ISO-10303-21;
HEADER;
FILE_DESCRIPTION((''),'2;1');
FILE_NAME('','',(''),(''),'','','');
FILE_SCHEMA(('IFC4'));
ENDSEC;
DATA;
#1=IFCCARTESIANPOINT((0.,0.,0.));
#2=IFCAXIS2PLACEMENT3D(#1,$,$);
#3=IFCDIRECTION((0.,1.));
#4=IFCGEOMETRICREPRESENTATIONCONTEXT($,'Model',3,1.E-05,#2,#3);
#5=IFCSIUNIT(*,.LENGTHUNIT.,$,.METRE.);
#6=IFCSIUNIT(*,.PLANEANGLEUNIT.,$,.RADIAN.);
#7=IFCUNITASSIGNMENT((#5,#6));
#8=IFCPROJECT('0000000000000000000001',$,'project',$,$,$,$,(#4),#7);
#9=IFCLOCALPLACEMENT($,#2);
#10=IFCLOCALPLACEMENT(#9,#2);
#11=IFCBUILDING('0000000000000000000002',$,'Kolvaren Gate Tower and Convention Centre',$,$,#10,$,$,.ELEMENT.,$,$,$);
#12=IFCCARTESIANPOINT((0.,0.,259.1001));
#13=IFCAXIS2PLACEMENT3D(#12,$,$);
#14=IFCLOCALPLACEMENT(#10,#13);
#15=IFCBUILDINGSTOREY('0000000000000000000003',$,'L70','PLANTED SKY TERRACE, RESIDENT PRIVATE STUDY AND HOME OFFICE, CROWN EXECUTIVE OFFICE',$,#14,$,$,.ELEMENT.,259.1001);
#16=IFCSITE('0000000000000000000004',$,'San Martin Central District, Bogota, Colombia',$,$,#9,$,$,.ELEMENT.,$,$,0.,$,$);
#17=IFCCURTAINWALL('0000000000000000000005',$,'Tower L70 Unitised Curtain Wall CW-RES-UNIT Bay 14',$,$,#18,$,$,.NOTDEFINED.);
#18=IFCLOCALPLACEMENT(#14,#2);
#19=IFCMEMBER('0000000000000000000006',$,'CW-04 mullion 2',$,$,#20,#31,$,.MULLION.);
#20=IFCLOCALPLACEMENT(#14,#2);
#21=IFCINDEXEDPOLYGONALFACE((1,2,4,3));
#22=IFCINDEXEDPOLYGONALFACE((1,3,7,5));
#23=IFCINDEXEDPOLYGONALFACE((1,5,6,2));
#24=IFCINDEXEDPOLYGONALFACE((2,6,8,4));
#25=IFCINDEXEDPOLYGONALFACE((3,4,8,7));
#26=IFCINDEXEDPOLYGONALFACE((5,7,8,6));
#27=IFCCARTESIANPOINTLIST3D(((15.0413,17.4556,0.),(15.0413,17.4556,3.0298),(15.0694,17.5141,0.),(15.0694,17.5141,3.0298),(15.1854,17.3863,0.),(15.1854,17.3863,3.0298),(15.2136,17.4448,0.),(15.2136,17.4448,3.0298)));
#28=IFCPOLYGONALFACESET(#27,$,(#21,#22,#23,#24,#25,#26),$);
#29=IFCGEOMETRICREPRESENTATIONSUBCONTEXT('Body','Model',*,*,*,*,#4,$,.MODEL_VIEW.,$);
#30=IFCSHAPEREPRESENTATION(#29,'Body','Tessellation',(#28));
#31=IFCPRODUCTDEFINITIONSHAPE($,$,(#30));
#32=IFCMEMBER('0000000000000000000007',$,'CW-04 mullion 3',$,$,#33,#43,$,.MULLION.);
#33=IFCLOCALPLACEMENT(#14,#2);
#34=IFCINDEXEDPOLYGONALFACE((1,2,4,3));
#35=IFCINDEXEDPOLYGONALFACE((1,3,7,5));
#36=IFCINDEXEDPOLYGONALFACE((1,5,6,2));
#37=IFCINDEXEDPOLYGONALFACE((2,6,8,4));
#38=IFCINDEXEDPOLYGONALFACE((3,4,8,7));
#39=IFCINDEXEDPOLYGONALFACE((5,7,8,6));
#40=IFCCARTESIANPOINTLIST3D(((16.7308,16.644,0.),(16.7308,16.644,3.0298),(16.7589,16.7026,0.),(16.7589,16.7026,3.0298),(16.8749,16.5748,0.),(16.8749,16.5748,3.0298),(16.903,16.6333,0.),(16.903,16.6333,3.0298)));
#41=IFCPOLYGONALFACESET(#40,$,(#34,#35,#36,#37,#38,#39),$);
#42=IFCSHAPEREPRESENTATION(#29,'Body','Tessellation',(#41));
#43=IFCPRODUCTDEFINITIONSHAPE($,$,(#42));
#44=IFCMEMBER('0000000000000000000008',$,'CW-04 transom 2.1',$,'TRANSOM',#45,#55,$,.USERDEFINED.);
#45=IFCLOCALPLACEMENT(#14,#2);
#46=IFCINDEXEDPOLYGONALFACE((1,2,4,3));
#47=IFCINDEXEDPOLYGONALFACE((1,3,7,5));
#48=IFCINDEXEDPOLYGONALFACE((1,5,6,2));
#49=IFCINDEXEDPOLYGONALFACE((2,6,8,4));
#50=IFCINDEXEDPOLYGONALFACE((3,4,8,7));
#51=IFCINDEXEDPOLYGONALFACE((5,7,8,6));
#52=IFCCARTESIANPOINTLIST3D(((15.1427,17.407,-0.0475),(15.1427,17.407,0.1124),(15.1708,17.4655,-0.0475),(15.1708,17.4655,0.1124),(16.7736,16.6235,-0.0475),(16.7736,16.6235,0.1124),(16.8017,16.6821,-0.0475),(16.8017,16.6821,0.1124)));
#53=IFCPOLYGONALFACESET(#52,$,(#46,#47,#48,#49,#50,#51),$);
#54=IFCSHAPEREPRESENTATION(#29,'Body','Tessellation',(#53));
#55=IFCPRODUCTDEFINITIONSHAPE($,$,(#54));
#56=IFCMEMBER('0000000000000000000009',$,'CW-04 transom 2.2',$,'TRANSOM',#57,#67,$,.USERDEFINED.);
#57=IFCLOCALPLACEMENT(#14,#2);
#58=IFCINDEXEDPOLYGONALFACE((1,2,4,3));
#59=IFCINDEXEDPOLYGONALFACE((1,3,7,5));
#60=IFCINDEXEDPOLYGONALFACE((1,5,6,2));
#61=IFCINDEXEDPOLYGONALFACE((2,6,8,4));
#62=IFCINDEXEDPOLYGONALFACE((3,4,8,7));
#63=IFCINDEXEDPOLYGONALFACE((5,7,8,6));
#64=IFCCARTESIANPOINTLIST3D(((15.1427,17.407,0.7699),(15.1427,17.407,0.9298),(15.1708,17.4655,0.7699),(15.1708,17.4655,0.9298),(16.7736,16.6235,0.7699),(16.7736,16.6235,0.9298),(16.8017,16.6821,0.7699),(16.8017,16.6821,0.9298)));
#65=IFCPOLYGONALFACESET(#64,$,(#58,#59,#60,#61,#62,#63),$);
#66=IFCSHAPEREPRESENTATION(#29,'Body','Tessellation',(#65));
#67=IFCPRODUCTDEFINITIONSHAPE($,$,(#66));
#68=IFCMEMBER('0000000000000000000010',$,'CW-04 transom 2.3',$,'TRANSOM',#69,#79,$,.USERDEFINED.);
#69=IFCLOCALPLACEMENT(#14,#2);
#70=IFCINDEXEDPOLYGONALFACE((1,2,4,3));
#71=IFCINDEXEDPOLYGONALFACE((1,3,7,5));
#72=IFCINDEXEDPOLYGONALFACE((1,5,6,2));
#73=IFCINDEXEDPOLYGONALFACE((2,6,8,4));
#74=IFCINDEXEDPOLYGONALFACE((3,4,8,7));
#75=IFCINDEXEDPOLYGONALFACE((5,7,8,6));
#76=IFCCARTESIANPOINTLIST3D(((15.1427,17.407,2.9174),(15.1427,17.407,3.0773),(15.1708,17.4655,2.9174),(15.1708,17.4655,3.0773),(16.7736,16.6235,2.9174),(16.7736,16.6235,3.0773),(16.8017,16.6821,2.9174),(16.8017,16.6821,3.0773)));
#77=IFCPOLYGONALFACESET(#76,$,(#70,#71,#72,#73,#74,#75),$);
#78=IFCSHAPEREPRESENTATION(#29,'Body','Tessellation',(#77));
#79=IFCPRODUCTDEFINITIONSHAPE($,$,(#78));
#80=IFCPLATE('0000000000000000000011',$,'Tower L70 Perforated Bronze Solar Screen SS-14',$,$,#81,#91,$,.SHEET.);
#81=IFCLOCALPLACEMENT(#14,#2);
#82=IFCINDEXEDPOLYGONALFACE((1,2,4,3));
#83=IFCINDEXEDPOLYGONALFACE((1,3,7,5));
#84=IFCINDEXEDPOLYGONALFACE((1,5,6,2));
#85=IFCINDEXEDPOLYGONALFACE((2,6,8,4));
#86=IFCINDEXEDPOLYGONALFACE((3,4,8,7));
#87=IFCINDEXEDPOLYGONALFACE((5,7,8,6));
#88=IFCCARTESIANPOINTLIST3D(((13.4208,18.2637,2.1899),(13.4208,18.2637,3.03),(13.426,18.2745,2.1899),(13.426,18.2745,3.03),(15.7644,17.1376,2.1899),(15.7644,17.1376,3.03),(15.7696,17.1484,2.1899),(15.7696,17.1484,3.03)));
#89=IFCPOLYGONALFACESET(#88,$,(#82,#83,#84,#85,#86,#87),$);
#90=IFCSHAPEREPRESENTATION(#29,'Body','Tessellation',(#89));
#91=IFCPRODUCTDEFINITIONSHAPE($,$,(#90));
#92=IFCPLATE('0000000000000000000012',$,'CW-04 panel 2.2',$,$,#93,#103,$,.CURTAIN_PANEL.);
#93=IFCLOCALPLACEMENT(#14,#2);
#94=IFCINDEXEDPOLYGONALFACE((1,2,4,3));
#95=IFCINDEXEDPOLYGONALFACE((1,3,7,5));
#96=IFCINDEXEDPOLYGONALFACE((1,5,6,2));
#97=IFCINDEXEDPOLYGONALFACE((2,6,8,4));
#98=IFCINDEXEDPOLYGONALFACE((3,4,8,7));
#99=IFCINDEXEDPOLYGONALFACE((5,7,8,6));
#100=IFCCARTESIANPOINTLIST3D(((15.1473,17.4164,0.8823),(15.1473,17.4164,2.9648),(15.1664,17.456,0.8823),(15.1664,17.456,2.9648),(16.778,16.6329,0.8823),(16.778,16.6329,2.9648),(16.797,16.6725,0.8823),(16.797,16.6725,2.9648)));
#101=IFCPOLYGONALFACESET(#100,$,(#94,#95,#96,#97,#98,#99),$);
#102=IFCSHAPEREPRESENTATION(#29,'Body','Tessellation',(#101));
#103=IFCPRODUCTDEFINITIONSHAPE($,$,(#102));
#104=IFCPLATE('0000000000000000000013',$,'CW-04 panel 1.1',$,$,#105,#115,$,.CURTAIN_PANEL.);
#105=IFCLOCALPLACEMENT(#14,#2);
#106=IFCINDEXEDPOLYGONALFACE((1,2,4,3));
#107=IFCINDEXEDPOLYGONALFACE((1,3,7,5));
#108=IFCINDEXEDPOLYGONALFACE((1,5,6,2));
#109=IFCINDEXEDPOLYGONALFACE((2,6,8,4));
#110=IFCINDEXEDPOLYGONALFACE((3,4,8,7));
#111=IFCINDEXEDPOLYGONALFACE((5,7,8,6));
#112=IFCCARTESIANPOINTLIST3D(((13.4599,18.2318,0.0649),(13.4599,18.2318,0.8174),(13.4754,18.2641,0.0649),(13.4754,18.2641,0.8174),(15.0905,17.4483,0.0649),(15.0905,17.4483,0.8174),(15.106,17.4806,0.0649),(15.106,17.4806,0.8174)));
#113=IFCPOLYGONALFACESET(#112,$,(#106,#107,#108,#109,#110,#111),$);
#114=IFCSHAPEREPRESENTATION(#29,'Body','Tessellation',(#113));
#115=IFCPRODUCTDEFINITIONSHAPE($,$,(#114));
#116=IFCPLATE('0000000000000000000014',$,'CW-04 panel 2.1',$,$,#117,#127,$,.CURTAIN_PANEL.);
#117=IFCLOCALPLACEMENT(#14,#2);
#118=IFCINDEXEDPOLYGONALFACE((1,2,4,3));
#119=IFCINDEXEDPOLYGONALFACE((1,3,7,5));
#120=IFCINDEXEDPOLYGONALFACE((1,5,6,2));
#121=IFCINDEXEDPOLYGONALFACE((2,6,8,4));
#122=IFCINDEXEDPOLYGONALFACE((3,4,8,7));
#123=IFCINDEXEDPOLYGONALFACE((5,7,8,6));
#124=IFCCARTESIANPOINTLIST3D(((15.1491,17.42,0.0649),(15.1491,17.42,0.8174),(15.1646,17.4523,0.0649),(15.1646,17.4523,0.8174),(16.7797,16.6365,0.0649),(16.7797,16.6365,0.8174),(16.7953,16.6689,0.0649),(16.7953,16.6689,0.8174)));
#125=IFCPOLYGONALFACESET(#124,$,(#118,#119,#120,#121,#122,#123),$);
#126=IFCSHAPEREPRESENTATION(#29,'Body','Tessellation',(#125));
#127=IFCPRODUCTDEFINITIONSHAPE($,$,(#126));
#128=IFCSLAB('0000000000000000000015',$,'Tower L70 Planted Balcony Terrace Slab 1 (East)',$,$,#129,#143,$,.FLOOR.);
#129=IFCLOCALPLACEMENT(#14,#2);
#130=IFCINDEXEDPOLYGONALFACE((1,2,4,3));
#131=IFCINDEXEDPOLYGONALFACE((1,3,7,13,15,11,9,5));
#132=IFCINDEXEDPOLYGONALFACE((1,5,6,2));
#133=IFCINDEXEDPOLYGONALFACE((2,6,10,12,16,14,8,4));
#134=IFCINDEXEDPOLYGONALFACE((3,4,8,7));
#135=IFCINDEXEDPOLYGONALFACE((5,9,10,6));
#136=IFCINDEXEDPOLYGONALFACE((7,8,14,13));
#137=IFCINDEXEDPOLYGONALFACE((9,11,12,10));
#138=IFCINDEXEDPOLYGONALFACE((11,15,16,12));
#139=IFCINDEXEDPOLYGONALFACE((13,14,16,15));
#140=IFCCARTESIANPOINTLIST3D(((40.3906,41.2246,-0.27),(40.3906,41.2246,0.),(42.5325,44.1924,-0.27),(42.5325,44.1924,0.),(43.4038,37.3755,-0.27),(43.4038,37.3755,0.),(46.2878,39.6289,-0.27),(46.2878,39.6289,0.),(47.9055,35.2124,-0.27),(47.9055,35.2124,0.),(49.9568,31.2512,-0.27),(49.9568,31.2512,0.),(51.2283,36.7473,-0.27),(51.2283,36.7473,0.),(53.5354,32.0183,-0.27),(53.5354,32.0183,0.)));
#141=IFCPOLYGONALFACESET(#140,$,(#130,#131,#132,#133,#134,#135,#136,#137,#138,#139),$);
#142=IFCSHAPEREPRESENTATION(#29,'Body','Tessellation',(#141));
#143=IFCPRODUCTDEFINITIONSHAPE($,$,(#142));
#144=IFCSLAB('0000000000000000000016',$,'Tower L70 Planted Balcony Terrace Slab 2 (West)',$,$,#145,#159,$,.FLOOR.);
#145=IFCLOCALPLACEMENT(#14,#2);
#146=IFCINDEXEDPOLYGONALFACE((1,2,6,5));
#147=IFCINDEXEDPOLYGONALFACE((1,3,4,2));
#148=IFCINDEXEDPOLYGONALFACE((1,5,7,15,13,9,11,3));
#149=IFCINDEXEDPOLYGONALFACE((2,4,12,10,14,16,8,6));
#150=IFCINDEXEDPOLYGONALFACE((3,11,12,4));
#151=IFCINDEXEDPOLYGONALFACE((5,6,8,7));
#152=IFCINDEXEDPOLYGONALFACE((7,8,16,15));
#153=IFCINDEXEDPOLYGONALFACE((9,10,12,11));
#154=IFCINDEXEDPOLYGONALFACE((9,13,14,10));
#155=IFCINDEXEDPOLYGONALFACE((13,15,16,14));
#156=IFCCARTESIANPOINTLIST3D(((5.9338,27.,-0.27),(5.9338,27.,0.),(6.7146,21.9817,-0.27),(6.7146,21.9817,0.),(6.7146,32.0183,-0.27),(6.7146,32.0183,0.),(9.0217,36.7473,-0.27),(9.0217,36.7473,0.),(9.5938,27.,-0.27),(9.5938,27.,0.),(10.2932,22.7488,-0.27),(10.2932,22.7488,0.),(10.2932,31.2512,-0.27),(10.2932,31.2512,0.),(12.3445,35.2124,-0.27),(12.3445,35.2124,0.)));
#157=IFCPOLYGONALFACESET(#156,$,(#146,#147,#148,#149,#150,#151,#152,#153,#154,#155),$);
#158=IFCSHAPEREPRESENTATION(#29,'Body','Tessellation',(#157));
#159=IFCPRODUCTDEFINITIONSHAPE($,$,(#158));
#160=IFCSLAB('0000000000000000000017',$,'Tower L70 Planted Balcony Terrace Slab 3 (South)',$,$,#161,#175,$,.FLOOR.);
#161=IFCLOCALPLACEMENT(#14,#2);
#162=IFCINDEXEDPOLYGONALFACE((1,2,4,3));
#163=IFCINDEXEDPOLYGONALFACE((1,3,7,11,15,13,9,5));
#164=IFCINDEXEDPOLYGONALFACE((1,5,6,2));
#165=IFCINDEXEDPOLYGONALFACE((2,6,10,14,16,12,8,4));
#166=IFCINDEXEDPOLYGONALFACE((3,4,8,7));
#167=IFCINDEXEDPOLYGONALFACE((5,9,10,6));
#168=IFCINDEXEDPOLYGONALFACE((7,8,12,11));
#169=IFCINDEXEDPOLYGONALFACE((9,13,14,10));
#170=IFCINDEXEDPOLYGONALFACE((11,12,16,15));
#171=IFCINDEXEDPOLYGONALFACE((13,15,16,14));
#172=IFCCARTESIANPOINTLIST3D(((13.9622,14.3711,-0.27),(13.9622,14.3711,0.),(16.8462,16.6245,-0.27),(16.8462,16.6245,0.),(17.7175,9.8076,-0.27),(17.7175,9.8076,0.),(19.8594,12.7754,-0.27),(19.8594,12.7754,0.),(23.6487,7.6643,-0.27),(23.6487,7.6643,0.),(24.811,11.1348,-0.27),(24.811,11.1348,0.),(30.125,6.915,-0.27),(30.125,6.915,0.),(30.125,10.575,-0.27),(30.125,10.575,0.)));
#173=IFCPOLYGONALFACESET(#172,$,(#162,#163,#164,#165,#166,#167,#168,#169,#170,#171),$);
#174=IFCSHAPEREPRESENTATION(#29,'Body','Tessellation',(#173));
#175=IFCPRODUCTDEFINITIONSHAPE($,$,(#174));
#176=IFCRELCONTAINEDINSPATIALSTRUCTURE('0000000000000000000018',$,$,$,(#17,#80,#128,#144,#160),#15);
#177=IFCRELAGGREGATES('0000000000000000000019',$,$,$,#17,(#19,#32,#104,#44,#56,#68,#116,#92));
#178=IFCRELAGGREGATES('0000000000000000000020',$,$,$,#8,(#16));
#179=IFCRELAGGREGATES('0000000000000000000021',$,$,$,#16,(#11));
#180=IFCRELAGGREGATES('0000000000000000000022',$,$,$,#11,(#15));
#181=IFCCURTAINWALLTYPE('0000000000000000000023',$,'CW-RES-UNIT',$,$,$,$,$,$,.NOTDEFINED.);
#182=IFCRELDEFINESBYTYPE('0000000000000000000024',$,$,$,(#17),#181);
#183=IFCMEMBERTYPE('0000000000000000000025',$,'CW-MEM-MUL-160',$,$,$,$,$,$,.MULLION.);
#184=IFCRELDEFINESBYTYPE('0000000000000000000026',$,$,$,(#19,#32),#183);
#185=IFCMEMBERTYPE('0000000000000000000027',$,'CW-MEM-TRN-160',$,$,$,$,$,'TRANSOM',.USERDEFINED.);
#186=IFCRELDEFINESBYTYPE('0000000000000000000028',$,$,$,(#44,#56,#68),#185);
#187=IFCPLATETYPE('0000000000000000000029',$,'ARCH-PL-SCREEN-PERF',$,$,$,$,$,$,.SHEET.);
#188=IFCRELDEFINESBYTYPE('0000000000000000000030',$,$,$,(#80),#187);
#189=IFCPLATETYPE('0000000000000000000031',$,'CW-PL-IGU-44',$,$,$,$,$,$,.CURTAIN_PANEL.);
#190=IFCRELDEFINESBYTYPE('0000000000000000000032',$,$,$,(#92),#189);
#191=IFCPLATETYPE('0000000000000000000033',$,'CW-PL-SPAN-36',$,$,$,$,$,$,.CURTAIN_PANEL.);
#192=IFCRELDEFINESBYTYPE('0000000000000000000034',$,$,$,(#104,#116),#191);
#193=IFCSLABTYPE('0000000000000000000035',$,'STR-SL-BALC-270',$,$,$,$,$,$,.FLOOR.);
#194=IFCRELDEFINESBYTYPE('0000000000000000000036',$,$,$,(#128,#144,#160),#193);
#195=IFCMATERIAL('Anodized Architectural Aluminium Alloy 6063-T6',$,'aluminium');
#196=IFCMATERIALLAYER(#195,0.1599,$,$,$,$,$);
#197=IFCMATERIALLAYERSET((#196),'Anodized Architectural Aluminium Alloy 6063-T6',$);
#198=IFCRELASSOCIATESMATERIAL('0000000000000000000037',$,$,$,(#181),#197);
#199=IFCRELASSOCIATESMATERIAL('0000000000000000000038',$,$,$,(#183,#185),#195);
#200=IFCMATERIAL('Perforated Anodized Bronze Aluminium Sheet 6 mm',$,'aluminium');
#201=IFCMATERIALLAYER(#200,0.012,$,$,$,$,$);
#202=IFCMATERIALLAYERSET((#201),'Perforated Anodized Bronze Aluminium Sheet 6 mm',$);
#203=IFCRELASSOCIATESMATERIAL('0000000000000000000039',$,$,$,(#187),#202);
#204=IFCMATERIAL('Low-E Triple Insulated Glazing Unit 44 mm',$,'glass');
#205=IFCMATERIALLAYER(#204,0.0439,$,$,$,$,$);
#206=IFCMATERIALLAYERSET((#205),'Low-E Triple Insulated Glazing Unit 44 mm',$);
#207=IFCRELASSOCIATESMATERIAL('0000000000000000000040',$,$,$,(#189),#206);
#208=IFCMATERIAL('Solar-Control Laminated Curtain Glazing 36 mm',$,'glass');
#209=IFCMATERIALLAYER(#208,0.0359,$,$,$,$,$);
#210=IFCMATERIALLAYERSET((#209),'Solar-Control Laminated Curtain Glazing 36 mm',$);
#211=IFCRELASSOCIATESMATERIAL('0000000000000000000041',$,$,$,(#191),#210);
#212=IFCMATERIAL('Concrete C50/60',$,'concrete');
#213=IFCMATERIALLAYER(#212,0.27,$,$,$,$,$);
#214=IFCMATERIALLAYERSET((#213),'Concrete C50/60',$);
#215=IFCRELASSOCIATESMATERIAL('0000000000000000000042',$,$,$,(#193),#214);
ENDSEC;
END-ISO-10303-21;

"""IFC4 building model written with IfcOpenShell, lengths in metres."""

from ifc_helpers import new_model, si_unit, direction, frame, origin, origin_2d, place, context, subcontext, project, spatial, polyline, rectangle, outline, extrude, material, layer, layer_set, material_profile, profile_set, type_object, element, aggregate, save


model = new_model("IFC4")

# Units and contexts
model_context = context("Model", 3, precision=1e-05, world=origin(), true_north=direction((0.0, 1.0)))
body_context = subcontext(model_context, "Body", "Model", "MODEL_VIEW")
ifc_project = project(units=[si_unit("LENGTHUNIT", "METRE"), si_unit("PLANEANGLEUNIT", "RADIAN")], contexts=[model_context])

# Site, building, storey
site_placement = place(None, origin())
site = spatial("IfcSite", under=ifc_project, at=site_placement, Name="San Martin Central District, Bogota, Colombia", CompositionType="ELEMENT", RefElevation=0.0)
building_placement = place(site_placement, origin())
building = spatial("IfcBuilding", under=site, at=building_placement, Name="Kolvaren Gate Tower and Convention Centre", CompositionType="ELEMENT")
storey_placement = place(building_placement, frame((0.0, 0.0, 259.1001)))
storey = spatial("IfcBuildingStorey", under=building, at=storey_placement, Name="L70", Description="PLANTED SKY TERRACE, RESIDENT PRIVATE STUDY AND HOME OFFICE, CROWN EXECUTIVE OFFICE", CompositionType="ELEMENT", Elevation=259.1001)

# Curtain wall, members
ifc_material_1 = material(Name="Anodized Architectural Aluminium Alloy 6063-T6", Category="aluminium")
ifc_layer_1 = layer(ifc_material_1, 0.1599)
ifc_layer_set_1 = layer_set([ifc_layer_1], Name="Anodized Architectural Aluminium Alloy 6063-T6")
curtain_wall_type = type_object("IfcCurtainWallType", Name="CW-RES-UNIT", PredefinedType="NOTDEFINED", material=ifc_layer_set_1)
curtain_wall_placement = place(storey_placement, origin())
curtain_wall = element("IfcCurtainWall", 1, at=curtain_wall_placement, inside=storey, type_object=curtain_wall_type, Name="Tower L70 Unitised Curtain Wall CW-RES-UNIT Bay 14", PredefinedType="NOTDEFINED")
ifc_material_profile_1 = material_profile(ifc_material_1, rectangle(XDim=0.0649, YDim=0.1599, at=origin_2d()), Name="CW-MEM-MUL-160")
ifc_profile_set_1 = profile_set([ifc_material_profile_1], Name="Anodized Architectural Aluminium Alloy 6063-T6")
member_type_1 = type_object("IfcMemberType", Name="CW-MEM-MUL-160", PredefinedType="MULLION", material=ifc_profile_set_1)
member_1_placement = place(storey_placement, frame((15.1274, 17.4502, 0.0), z_axis=(0.0, 0.0, 1.0), x_axis=(0.43307, 0.90136, 0.0)))
member_1 = element("IfcMember", 2, at=member_1_placement, type_object=member_type_1, Name="CW-04 mullion 2", PredefinedType="MULLION", context=body_context, shape_type="SweptSolid", body=[
    extrude(rectangle(XDim=0.0649, YDim=0.1599, at=origin_2d()), origin(), (0.0, 0.0, 1.0), 3.0298),
])
member_2_placement = place(storey_placement, frame((16.8169, 16.6387, 0.0), z_axis=(0.0, 0.0, 1.0), x_axis=(0.43307, 0.90136, 0.0)))
member_2 = element("IfcMember", 3, at=member_2_placement, type_object=member_type_1, Name="CW-04 mullion 3", PredefinedType="MULLION", context=body_context, shape_type="SweptSolid", body=[
    extrude(rectangle(XDim=0.0649, YDim=0.1599, at=origin_2d()), origin(), (0.0, 0.0, 1.0), 3.0298),
])
ifc_material_profile_2 = material_profile(ifc_material_1, rectangle(XDim=0.0649, YDim=0.1599, at=origin_2d()), Name="CW-MEM-TRN-160")
ifc_profile_set_2 = profile_set([ifc_material_profile_2], Name="Anodized Architectural Aluminium Alloy 6063-T6")
member_type_2 = type_object("IfcMemberType", Name="CW-MEM-TRN-160", ElementType="TRANSOM", PredefinedType="USERDEFINED", material=ifc_profile_set_2)
member_3_placement = place(storey_placement, frame((15.1567, 17.4363, 0.0325), z_axis=(0.901386, -0.433016, 0.0), x_axis=(0.433016, 0.901386, 0.0)))
member_3 = element("IfcMember", 4, at=member_3_placement, type_object=member_type_2, Name="CW-04 transom 2.1", ObjectType="TRANSOM", PredefinedType="USERDEFINED", context=body_context, shape_type="SweptSolid", body=[
    extrude(rectangle(XDim=0.0649, YDim=0.1599, at=origin_2d()), origin(), (0.0, 0.0, 1.0), 1.8093),
])
member_4_placement = place(storey_placement, frame((15.1567, 17.4363, 0.8499), z_axis=(0.901386, -0.433016, 0.0), x_axis=(0.433016, 0.901386, 0.0)))
member_4 = element("IfcMember", 5, at=member_4_placement, type_object=member_type_2, Name="CW-04 transom 2.2", ObjectType="TRANSOM", PredefinedType="USERDEFINED", context=body_context, shape_type="SweptSolid", body=[
    extrude(rectangle(XDim=0.0649, YDim=0.1599, at=origin_2d()), origin(), (0.0, 0.0, 1.0), 1.8093),
])
member_5_placement = place(storey_placement, frame((15.1567, 17.4363, 2.9973), z_axis=(0.901386, -0.433016, 0.0), x_axis=(0.433016, 0.901386, 0.0)))
member_5 = element("IfcMember", 6, at=member_5_placement, type_object=member_type_2, Name="CW-04 transom 2.3", ObjectType="TRANSOM", PredefinedType="USERDEFINED", context=body_context, shape_type="SweptSolid", body=[
    extrude(rectangle(XDim=0.0649, YDim=0.1599, at=origin_2d()), origin(), (0.0, 0.0, 1.0), 1.8093),
])

# Plates
ifc_material_2 = material(Name="Perforated Anodized Bronze Aluminium Sheet 6 mm", Category="aluminium")
ifc_layer_2 = layer(ifc_material_2, 0.012)
ifc_layer_set_2 = layer_set([ifc_layer_2], Name="Perforated Anodized Bronze Aluminium Sheet 6 mm")
plate_type_1 = type_object("IfcPlateType", Name="ARCH-PL-SCREEN-PERF", PredefinedType="SHEET", material=ifc_layer_set_2)
plate_1_placement = place(storey_placement, frame((14.5952, 17.7061, 2.1899), z_axis=(0.0, 0.0, 1.0), x_axis=(0.901356, -0.433079, 0.0)))
element("IfcPlate", 7, at=plate_1_placement, inside=storey, type_object=plate_type_1, Name="Tower L70 Perforated Bronze Solar Screen SS-14", PredefinedType="SHEET", context=body_context, shape_type="SweptSolid", body=[
    extrude(rectangle(XDim=2.6001, YDim=0.012, at=origin_2d()), origin(), (0.0, 0.0, 1.0), 0.8401),
])
ifc_material_3 = material(Name="Low-E Triple Insulated Glazing Unit 44 mm", Category="glass")
ifc_layer_3 = layer(ifc_material_3, 0.0439)
ifc_layer_set_3 = layer_set([ifc_layer_3], Name="Low-E Triple Insulated Glazing Unit 44 mm")
plate_type_2 = type_object("IfcPlateType", Name="CW-PL-IGU-44", PredefinedType="CURTAIN_PANEL", material=ifc_layer_set_3)
plate_2_placement = place(storey_placement, frame((15.9722, 17.0444, 0.8823), z_axis=(0.0, 0.0, 1.0), x_axis=(0.90136, -0.43307, 0.0)))
plate_2 = element("IfcPlate", 8, at=plate_2_placement, type_object=plate_type_2, Name="CW-04 panel 2.2", PredefinedType="CURTAIN_PANEL", context=body_context, shape_type="SweptSolid", body=[
    extrude(rectangle(XDim=1.8091, YDim=0.0439, at=origin_2d()), origin(), (0.0, 0.0, 1.0), 2.0825),
])
ifc_material_4 = material(Name="Solar-Control Laminated Curtain Glazing 36 mm", Category="glass")
ifc_layer_4 = layer(ifc_material_4, 0.0359)
ifc_layer_set_4 = layer_set([ifc_layer_4], Name="Solar-Control Laminated Curtain Glazing 36 mm")
plate_type_3 = type_object("IfcPlateType", Name="CW-PL-SPAN-36", PredefinedType="CURTAIN_PANEL", material=ifc_layer_set_4)
plate_3_placement = place(storey_placement, frame((14.283, 17.8562, 0.0649), z_axis=(0.0, 0.0, 1.0), x_axis=(0.90136, -0.43307, 0.0)))
plate_3 = element("IfcPlate", 9, at=plate_3_placement, type_object=plate_type_3, Name="CW-04 panel 1.1", PredefinedType="CURTAIN_PANEL", context=body_context, shape_type="SweptSolid", body=[
    extrude(rectangle(XDim=1.8091, YDim=0.0359, at=origin_2d()), origin(), (0.0, 0.0, 1.0), 0.7524),
])
plate_4_placement = place(storey_placement, frame((15.9722, 17.0444, 0.0649), z_axis=(0.0, 0.0, 1.0), x_axis=(0.90136, -0.43307, 0.0)))
plate_4 = element("IfcPlate", 10, at=plate_4_placement, type_object=plate_type_3, Name="CW-04 panel 2.1", PredefinedType="CURTAIN_PANEL", context=body_context, shape_type="SweptSolid", body=[
    extrude(rectangle(XDim=1.8091, YDim=0.0359, at=origin_2d()), origin(), (0.0, 0.0, 1.0), 0.7524),
])
aggregate(curtain_wall, [member_1, member_2, plate_3, member_3, member_4, member_5, plate_4, plate_2])

# Slabs
ifc_material_5 = material(Name="Concrete C50/60", Category="concrete")
ifc_layer_5 = layer(ifc_material_5, 0.27)
ifc_layer_set_5 = layer_set([ifc_layer_5], Name="Concrete C50/60")
slab_type_1 = type_object("IfcSlabType", Name="STR-SL-BALC-270", PredefinedType="FLOOR", material=ifc_layer_set_5)
slab_1_placement = place(storey_placement, frame((0.0, 0.0, -0.27)))
element("IfcSlab", 11, at=slab_1_placement, inside=storey, type_object=slab_type_1, Name="Tower L70 Planted Balcony Terrace Slab 1 (East)", PredefinedType="FLOOR", context=body_context, shape_type="SweptSolid", body=[
    extrude(outline(polyline([(49.9568, 31.2512), (47.9055, 35.2124), (43.4038, 37.3755), (40.3906, 41.2246), (42.5325, 44.1924), (46.2878, 39.6289), (51.2283, 36.7473), (53.5354, 32.0183), (49.9568, 31.2512)])), origin(), (0.0, 0.0, 1.0), 0.27),
])
slab_2_placement = place(storey_placement, frame((0.0, 0.0, -0.27)))
element("IfcSlab", 12, at=slab_2_placement, inside=storey, type_object=slab_type_1, Name="Tower L70 Planted Balcony Terrace Slab 2 (West)", PredefinedType="FLOOR", context=body_context, shape_type="SweptSolid", body=[
    extrude(outline(polyline([(12.3445, 35.2124), (10.2932, 31.2512), (9.5938, 27.0), (10.2932, 22.7488), (6.7146, 21.9817), (5.9338, 27.0), (6.7146, 32.0183), (9.0217, 36.7473), (12.3445, 35.2124)])), origin(), (0.0, 0.0, 1.0), 0.27),
])
slab_3_placement = place(storey_placement, frame((0.0, 0.0, -0.27)))
element("IfcSlab", 13, at=slab_3_placement, inside=storey, type_object=slab_type_1, Name="Tower L70 Planted Balcony Terrace Slab 3 (South)", PredefinedType="FLOOR", context=body_context, shape_type="SweptSolid", body=[
    extrude(outline(polyline([(16.8462, 16.6245), (19.8594, 12.7754), (24.811, 11.1348), (30.125, 10.575), (30.125, 6.915), (23.6487, 7.6643), (17.7175, 9.8076), (13.9622, 14.3711), (16.8462, 16.6245)])), origin(), (0.0, 0.0, 1.0), 0.27),
])

save(model, "model.ifc")
